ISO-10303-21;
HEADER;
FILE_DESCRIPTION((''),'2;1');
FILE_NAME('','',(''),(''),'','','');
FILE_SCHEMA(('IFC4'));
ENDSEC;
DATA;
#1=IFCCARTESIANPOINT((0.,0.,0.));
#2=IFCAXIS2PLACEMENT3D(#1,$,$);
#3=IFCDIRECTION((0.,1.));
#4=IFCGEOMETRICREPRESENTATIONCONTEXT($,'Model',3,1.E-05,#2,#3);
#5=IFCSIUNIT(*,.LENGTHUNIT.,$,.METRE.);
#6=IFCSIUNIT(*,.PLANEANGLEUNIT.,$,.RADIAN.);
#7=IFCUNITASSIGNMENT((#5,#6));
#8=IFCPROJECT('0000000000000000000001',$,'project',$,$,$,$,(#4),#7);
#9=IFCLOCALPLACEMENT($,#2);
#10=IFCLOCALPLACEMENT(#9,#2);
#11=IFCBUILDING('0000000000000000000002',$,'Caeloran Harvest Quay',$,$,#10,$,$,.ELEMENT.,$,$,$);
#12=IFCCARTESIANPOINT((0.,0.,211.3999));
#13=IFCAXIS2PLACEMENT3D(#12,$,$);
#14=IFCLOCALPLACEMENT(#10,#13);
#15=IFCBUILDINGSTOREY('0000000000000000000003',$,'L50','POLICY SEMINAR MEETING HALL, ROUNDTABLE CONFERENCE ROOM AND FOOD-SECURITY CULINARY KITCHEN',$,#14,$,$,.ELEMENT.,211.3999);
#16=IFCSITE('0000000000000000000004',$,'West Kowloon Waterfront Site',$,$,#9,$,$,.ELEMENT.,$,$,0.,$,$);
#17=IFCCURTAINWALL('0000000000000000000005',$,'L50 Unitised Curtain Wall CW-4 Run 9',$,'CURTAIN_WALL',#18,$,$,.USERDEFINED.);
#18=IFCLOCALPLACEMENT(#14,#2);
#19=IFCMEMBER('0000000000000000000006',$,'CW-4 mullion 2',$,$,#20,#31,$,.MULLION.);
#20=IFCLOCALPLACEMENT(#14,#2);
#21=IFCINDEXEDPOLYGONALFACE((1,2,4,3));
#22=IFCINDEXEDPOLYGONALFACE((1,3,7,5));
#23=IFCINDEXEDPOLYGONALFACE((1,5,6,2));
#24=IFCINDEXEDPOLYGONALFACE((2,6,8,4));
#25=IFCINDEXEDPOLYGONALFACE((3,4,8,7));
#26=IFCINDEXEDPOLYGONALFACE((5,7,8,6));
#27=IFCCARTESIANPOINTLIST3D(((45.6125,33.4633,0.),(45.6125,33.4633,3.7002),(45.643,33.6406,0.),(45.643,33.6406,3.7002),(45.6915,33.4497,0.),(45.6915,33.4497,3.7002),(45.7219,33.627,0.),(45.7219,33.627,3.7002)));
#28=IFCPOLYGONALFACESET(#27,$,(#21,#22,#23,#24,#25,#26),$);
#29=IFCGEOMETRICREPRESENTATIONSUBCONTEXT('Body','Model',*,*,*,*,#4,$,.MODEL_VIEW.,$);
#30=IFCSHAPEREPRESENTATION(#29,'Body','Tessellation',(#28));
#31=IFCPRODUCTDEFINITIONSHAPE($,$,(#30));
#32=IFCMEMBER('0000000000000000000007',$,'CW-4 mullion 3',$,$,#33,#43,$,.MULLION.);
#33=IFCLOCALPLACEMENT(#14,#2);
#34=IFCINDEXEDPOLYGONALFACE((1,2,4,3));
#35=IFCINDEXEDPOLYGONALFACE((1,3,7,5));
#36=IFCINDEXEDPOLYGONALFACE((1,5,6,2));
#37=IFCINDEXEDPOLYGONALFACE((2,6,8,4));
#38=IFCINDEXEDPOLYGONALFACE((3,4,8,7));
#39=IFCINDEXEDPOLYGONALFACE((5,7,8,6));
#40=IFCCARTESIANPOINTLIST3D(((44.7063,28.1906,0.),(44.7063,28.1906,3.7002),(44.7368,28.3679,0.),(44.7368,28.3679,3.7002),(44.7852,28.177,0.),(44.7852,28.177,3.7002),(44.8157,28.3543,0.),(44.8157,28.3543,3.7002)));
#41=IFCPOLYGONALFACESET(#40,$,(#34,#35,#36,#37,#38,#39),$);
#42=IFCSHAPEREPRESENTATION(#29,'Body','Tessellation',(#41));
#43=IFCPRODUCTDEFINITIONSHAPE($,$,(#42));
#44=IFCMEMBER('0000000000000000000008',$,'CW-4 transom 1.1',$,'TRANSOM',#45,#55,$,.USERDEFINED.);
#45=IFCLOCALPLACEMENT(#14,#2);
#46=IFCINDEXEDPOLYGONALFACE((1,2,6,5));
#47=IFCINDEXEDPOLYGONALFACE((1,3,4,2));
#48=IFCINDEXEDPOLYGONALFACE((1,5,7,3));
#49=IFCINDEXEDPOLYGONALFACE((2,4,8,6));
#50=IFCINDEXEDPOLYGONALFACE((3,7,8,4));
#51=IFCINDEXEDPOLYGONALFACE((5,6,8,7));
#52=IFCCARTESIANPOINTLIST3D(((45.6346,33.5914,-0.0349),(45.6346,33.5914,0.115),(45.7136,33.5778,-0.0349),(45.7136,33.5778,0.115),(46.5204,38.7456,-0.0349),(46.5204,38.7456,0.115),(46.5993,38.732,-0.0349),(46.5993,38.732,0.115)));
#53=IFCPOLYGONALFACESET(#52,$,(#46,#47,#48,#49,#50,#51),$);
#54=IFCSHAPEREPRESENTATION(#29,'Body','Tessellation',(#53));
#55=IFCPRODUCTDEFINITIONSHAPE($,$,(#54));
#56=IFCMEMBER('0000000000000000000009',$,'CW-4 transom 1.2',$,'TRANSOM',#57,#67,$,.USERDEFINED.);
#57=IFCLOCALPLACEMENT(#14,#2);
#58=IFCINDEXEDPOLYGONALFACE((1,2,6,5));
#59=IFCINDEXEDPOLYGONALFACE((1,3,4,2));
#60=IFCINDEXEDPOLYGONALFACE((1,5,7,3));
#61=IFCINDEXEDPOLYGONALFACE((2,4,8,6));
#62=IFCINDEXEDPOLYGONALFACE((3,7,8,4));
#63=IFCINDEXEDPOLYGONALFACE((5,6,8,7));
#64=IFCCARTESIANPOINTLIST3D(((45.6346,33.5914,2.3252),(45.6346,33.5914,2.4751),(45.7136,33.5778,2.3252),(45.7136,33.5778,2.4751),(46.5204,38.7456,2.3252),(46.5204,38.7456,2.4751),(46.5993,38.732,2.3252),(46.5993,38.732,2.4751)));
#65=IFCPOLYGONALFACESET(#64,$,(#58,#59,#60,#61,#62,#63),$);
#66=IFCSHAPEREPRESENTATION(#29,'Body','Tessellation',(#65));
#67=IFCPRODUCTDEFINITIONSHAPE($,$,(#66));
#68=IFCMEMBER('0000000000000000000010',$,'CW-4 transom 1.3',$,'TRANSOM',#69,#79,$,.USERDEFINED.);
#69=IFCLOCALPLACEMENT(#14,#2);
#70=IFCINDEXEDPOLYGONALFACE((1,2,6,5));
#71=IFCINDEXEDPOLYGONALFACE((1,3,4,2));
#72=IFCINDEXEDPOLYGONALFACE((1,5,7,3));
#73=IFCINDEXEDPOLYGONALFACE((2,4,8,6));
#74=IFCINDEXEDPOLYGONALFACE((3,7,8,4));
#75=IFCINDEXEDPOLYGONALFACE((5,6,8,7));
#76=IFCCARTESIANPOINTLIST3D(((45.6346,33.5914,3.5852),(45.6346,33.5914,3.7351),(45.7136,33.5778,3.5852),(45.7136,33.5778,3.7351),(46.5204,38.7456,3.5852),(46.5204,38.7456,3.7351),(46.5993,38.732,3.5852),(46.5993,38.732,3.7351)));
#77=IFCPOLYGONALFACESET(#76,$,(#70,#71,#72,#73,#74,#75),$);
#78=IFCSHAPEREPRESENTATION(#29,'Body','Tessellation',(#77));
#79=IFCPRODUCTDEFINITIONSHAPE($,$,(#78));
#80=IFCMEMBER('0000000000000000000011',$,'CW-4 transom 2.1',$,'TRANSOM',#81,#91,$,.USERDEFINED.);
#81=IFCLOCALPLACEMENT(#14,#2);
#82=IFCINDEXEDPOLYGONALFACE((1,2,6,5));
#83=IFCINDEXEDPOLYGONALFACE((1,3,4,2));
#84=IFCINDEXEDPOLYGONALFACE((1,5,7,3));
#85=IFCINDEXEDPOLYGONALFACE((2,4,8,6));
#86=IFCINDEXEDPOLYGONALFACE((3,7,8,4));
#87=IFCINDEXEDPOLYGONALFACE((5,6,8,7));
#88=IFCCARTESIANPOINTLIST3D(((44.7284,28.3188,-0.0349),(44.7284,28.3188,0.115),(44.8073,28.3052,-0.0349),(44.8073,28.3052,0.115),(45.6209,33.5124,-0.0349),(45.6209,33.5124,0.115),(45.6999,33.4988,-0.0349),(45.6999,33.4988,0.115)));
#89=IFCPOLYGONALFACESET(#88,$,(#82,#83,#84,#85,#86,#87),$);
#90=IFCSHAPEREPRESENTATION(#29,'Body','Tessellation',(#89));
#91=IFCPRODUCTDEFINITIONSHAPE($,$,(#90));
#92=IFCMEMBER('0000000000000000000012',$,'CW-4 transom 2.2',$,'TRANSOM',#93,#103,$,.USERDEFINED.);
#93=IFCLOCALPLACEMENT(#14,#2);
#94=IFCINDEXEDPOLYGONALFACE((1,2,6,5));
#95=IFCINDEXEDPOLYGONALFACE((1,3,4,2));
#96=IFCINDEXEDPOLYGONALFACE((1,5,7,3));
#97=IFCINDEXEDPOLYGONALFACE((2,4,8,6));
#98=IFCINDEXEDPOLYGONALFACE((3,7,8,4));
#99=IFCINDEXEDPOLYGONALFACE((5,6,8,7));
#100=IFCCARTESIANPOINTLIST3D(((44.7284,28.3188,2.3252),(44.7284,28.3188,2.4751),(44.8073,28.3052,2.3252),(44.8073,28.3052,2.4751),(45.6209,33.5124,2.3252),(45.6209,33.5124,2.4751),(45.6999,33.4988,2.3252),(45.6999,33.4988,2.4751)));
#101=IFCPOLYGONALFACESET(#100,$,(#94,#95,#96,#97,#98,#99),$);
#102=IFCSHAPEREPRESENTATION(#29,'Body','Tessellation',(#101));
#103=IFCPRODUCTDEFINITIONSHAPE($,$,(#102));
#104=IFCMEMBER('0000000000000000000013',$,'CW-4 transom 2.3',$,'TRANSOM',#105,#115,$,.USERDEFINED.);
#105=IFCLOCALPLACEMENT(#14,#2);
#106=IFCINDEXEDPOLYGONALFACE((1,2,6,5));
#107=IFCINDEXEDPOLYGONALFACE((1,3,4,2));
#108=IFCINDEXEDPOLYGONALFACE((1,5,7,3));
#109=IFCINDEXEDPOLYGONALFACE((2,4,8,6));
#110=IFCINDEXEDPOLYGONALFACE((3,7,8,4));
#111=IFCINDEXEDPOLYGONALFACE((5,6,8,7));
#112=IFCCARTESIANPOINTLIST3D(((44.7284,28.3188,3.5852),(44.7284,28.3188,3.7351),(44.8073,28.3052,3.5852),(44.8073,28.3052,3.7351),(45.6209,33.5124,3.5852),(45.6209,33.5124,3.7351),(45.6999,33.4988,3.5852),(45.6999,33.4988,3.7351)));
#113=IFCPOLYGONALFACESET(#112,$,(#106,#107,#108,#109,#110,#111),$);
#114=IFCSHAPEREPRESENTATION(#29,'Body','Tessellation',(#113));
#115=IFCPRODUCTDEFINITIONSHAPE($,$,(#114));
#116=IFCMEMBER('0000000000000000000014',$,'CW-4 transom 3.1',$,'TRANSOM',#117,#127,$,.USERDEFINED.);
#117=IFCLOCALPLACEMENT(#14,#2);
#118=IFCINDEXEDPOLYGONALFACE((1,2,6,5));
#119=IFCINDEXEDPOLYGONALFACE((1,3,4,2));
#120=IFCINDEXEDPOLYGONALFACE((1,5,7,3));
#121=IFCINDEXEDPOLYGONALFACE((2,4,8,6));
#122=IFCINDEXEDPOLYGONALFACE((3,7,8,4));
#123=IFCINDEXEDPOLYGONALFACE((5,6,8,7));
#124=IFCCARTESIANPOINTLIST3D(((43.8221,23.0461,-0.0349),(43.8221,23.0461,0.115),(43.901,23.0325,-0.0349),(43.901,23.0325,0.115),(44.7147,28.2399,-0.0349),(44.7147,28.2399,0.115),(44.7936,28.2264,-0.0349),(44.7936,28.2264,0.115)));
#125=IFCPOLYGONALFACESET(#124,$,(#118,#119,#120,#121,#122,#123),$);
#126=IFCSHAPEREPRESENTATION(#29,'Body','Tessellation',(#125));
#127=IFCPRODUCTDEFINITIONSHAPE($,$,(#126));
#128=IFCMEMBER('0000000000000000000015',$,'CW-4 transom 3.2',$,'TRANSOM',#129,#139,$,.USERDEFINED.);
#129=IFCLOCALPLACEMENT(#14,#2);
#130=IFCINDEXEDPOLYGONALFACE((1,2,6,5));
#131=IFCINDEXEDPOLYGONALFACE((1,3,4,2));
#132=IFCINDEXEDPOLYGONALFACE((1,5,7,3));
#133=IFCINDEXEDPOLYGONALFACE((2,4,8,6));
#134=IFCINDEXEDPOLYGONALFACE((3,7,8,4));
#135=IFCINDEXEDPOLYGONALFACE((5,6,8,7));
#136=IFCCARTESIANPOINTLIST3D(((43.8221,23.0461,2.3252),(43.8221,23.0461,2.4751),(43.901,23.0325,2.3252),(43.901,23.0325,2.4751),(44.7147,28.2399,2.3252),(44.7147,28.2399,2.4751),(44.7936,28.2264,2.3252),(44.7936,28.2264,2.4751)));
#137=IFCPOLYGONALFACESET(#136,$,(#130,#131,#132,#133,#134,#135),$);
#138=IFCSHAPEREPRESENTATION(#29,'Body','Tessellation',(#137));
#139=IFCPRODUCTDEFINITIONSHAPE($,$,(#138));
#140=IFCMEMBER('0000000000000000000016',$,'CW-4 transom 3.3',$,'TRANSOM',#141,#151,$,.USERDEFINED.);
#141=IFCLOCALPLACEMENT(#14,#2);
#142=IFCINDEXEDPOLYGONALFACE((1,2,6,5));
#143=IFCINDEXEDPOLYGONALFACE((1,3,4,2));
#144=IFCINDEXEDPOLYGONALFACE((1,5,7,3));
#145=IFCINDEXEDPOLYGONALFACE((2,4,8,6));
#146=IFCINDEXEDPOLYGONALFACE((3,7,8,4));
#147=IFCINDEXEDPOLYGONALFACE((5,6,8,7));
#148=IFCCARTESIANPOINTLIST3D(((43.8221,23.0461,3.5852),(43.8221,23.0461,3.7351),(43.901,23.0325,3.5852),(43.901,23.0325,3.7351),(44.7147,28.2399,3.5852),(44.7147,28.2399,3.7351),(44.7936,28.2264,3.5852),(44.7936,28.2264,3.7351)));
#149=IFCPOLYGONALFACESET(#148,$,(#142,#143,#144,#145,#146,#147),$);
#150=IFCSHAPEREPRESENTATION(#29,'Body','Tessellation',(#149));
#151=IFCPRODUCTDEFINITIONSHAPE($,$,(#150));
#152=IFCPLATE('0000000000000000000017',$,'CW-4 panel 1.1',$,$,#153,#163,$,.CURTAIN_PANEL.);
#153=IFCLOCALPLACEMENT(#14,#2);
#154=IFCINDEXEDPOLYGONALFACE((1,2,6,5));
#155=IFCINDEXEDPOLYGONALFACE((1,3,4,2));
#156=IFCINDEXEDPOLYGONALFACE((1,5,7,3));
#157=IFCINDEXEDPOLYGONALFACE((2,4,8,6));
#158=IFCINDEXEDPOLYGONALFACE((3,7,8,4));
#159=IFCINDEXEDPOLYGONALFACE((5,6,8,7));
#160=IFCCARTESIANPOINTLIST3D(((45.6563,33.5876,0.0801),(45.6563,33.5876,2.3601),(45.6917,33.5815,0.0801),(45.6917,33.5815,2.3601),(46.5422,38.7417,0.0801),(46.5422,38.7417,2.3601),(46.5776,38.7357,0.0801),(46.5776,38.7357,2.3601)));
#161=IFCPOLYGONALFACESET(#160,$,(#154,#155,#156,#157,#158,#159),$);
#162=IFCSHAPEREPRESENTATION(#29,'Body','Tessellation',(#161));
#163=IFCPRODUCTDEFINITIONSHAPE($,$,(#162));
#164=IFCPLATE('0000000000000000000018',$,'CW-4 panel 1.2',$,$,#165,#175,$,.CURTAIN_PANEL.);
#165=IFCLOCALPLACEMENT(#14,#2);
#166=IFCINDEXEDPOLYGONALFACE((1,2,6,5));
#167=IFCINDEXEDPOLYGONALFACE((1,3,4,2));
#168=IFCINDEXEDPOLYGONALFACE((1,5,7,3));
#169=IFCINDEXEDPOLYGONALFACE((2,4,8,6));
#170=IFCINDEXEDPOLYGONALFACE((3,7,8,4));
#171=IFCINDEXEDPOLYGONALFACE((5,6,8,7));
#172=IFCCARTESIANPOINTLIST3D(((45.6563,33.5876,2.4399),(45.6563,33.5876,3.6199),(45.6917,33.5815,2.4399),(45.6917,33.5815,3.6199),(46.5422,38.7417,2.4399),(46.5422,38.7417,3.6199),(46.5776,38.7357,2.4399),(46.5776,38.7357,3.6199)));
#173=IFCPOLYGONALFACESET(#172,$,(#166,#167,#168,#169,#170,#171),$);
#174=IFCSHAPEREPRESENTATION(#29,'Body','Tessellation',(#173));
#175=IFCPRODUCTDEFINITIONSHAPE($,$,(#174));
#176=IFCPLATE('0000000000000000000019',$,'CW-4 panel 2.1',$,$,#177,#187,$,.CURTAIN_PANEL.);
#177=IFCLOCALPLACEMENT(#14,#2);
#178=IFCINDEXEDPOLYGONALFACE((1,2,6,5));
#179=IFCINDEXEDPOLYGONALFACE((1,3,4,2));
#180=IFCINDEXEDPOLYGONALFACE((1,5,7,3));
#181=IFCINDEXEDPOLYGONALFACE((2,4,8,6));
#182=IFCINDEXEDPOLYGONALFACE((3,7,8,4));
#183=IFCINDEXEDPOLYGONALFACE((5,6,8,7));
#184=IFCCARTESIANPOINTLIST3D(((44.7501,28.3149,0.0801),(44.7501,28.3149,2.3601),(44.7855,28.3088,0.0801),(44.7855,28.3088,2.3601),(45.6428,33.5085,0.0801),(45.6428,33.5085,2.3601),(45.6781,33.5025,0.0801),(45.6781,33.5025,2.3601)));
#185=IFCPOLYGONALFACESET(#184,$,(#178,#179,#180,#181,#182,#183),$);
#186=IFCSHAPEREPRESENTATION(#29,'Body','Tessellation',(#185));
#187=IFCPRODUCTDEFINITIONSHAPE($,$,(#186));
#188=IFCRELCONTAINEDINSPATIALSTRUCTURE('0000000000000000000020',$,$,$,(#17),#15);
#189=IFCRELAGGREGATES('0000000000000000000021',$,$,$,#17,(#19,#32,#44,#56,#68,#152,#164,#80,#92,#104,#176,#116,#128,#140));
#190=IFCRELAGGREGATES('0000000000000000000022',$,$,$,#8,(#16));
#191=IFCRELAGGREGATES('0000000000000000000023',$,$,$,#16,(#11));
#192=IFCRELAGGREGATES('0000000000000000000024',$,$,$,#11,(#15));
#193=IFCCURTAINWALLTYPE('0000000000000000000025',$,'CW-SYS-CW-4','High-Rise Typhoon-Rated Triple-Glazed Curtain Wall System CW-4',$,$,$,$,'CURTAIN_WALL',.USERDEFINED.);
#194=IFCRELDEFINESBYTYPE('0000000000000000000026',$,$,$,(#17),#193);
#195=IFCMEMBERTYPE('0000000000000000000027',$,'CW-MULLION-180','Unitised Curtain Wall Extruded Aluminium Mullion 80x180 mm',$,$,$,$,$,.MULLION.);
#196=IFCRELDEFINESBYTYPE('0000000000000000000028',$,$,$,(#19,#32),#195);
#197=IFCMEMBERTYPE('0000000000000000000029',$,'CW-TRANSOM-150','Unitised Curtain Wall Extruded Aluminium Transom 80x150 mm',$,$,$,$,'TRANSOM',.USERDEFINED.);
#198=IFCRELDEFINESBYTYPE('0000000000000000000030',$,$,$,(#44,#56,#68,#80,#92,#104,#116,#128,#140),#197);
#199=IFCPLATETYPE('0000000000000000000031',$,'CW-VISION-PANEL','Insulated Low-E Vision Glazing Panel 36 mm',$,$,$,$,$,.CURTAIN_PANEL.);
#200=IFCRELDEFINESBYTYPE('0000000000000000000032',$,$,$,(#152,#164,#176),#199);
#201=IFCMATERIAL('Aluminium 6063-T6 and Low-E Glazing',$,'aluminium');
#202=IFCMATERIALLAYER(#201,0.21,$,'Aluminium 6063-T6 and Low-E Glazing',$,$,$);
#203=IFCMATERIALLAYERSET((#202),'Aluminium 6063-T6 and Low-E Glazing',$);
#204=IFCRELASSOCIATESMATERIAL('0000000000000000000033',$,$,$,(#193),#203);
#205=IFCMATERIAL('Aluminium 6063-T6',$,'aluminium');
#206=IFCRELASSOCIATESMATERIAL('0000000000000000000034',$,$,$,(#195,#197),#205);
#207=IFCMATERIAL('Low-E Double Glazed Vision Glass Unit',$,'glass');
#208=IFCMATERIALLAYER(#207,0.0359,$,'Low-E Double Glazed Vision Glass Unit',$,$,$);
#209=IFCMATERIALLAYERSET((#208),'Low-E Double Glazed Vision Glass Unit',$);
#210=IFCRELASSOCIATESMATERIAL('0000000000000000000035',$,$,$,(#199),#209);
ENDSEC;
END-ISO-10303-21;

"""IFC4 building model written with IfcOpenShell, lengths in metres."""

from ifc_helpers import new_model, si_unit, direction, frame, origin, origin_2d, place, context, subcontext, project, spatial, rectangle, extrude, material, layer, layer_set, material_profile, profile_set, type_object, element, aggregate, save


model = new_model("IFC4")

# Units and contexts
model_context = context("Model", 3, precision=1e-05, world=origin(), true_north=direction((0.0, 1.0)))
body_context = subcontext(model_context, "Body", "Model", "MODEL_VIEW")
ifc_project = project(units=[si_unit("LENGTHUNIT", "METRE"), si_unit("PLANEANGLEUNIT", "RADIAN")], contexts=[model_context])

# Site, building, storey
site_placement = place(None, origin())
site = spatial("IfcSite", under=ifc_project, at=site_placement, Name="West Kowloon Waterfront Site", CompositionType="ELEMENT", RefElevation=0.0)
building_placement = place(site_placement, origin())
building = spatial("IfcBuilding", under=site, at=building_placement, Name="Caeloran Harvest Quay", CompositionType="ELEMENT")
storey_placement = place(building_placement, frame((0.0, 0.0, 211.3999)))
storey = spatial("IfcBuildingStorey", under=building, at=storey_placement, Name="L50", Description="POLICY SEMINAR MEETING HALL, ROUNDTABLE CONFERENCE ROOM AND FOOD-SECURITY CULINARY KITCHEN", CompositionType="ELEMENT", Elevation=211.3999)

# Curtain wall, members, plates
ifc_material_1 = material(Name="Aluminium 6063-T6 and Low-E Glazing", Category="aluminium")
ifc_layer_1 = layer(ifc_material_1, 0.21, Name="Aluminium 6063-T6 and Low-E Glazing")
ifc_layer_set_1 = layer_set([ifc_layer_1], Name="Aluminium 6063-T6 and Low-E Glazing")
curtain_wall_type = type_object("IfcCurtainWallType", Name="CW-SYS-CW-4", Description="High-Rise Typhoon-Rated Triple-Glazed Curtain Wall System CW-4", ElementType="CURTAIN_WALL", PredefinedType="USERDEFINED", material=ifc_layer_set_1)
curtain_wall_placement = place(storey_placement, origin())
curtain_wall = element("IfcCurtainWall", 1, at=curtain_wall_placement, inside=storey, type_object=curtain_wall_type, Name="L50 Unitised Curtain Wall CW-4 Run 9", ObjectType="CURTAIN_WALL", PredefinedType="USERDEFINED")
ifc_material_2 = material(Name="Aluminium 6063-T6", Category="aluminium")
ifc_material_profile_1 = material_profile(ifc_material_2, rectangle(XDim=0.0801, YDim=0.1799, at=origin_2d()), Name="CW-MULLION-180")
ifc_profile_set_1 = profile_set([ifc_material_profile_1], Name="Aluminium 6063-T6")
member_type_1 = type_object("IfcMemberType", Name="CW-MULLION-180", Description="Unitised Curtain Wall Extruded Aluminium Mullion 80x180 mm", PredefinedType="MULLION", material=ifc_profile_set_1)
member_1_placement = place(storey_placement, frame((45.6672, 33.5452, 0.0), z_axis=(0.0, 0.0, 1.0), x_axis=(0.985549, -0.169391, 0.0)))
member_1 = element("IfcMember", 2, at=member_1_placement, type_object=member_type_1, Name="CW-4 mullion 2", PredefinedType="MULLION", context=body_context, shape_type="SweptSolid", body=[
    extrude(rectangle(XDim=0.0801, YDim=0.1799, at=origin_2d()), origin(), (0.0, 0.0, 1.0), 3.7002),
])
member_2_placement = place(storey_placement, frame((44.761, 28.2725, 0.0), z_axis=(0.0, 0.0, 1.0), x_axis=(0.985549, -0.169391, 0.0)))
member_2 = element("IfcMember", 3, at=member_2_placement, type_object=member_type_1, Name="CW-4 mullion 3", PredefinedType="MULLION", context=body_context, shape_type="SweptSolid", body=[
    extrude(rectangle(XDim=0.0801, YDim=0.1799, at=origin_2d()), origin(), (0.0, 0.0, 1.0), 3.7002),
])
ifc_material_profile_2 = material_profile(ifc_material_2, rectangle(XDim=0.0801, YDim=0.1499, at=origin_2d()), Name="CW-TRANSOM-150")
ifc_profile_set_2 = profile_set([ifc_material_profile_2], Name="Aluminium 6063-T6")
member_type_2 = type_object("IfcMemberType", Name="CW-TRANSOM-150", Description="Unitised Curtain Wall Extruded Aluminium Transom 80x150 mm", ElementType="TRANSOM", PredefinedType="USERDEFINED", material=ifc_profile_set_2)
member_3_placement = place(storey_placement, frame((46.5598, 38.7388, 0.04), z_axis=(-0.169363, -0.985554, 0.0), x_axis=(0.985554, -0.169363, 0.0)))
member_3 = element("IfcMember", 4, at=member_3_placement, type_object=member_type_2, Name="CW-4 transom 1.1", ObjectType="TRANSOM", PredefinedType="USERDEFINED", context=body_context, shape_type="SweptSolid", body=[
    extrude(rectangle(XDim=0.0801, YDim=0.1499, at=origin_2d()), origin(), (0.0, 0.0, 1.0), 5.2297),
])
member_4_placement = place(storey_placement, frame((46.5598, 38.7388, 2.4001), z_axis=(-0.169363, -0.985554, 0.0), x_axis=(0.985554, -0.169363, 0.0)))
member_4 = element("IfcMember", 5, at=member_4_placement, type_object=member_type_2, Name="CW-4 transom 1.2", ObjectType="TRANSOM", PredefinedType="USERDEFINED", context=body_context, shape_type="SweptSolid", body=[
    extrude(rectangle(XDim=0.0801, YDim=0.1499, at=origin_2d()), origin(), (0.0, 0.0, 1.0), 5.2297),
])
member_5_placement = place(storey_placement, frame((46.5598, 38.7388, 3.6602), z_axis=(-0.169363, -0.985554, 0.0), x_axis=(0.985554, -0.169363, 0.0)))
member_5 = element("IfcMember", 6, at=member_5_placement, type_object=member_type_2, Name="CW-4 transom 1.3", ObjectType="TRANSOM", PredefinedType="USERDEFINED", context=body_context, shape_type="SweptSolid", body=[
    extrude(rectangle(XDim=0.0801, YDim=0.1499, at=origin_2d()), origin(), (0.0, 0.0, 1.0), 5.2297),
])
member_6_placement = place(storey_placement, frame((45.6604, 33.5056, 0.04), z_axis=(-0.169378, -0.985551, 0.0), x_axis=(0.985551, -0.169378, 0.0)))
member_6 = element("IfcMember", 7, at=member_6_placement, type_object=member_type_2, Name="CW-4 transom 2.1", ObjectType="TRANSOM", PredefinedType="USERDEFINED", context=body_context, shape_type="SweptSolid", body=[
    extrude(rectangle(XDim=0.0801, YDim=0.1499, at=origin_2d()), origin(), (0.0, 0.0, 1.0), 5.2698),
])
member_7_placement = place(storey_placement, frame((45.6604, 33.5056, 2.4001), z_axis=(-0.169378, -0.985551, 0.0), x_axis=(0.985551, -0.169378, 0.0)))
member_7 = element("IfcMember", 8, at=member_7_placement, type_object=member_type_2, Name="CW-4 transom 2.2", ObjectType="TRANSOM", PredefinedType="USERDEFINED", context=body_context, shape_type="SweptSolid", body=[
    extrude(rectangle(XDim=0.0801, YDim=0.1499, at=origin_2d()), origin(), (0.0, 0.0, 1.0), 5.2698),
])
member_8_placement = place(storey_placement, frame((45.6604, 33.5056, 3.6602), z_axis=(-0.169378, -0.985551, 0.0), x_axis=(0.985551, -0.169378, 0.0)))
member_8 = element("IfcMember", 9, at=member_8_placement, type_object=member_type_2, Name="CW-4 transom 2.3", ObjectType="TRANSOM", PredefinedType="USERDEFINED", context=body_context, shape_type="SweptSolid", body=[
    extrude(rectangle(XDim=0.0801, YDim=0.1499, at=origin_2d()), origin(), (0.0, 0.0, 1.0), 5.2698),
])
member_9_placement = place(storey_placement, frame((44.7542, 28.2332, 0.04), z_axis=(-0.16937, -0.985553, 0.0), x_axis=(0.985553, -0.16937, 0.0)))
member_9 = element("IfcMember", 10, at=member_9_placement, type_object=member_type_2, Name="CW-4 transom 3.1", ObjectType="TRANSOM", PredefinedType="USERDEFINED", context=body_context, shape_type="SweptSolid", body=[
    extrude(rectangle(XDim=0.0801, YDim=0.1499, at=origin_2d()), origin(), (0.0, 0.0, 1.0), 5.27),
])
member_10_placement = place(storey_placement, frame((44.7542, 28.2332, 2.4001), z_axis=(-0.16937, -0.985553, 0.0), x_axis=(0.985553, -0.16937, 0.0)))
member_10 = element("IfcMember", 11, at=member_10_placement, type_object=member_type_2, Name="CW-4 transom 3.2", ObjectType="TRANSOM", PredefinedType="USERDEFINED", context=body_context, shape_type="SweptSolid", body=[
    extrude(rectangle(XDim=0.0801, YDim=0.1499, at=origin_2d()), origin(), (0.0, 0.0, 1.0), 5.27),
])
member_11_placement = place(storey_placement, frame((44.7542, 28.2332, 3.6602), z_axis=(-0.16937, -0.985553, 0.0), x_axis=(0.985553, -0.16937, 0.0)))
member_11 = element("IfcMember", 12, at=member_11_placement, type_object=member_type_2, Name="CW-4 transom 3.3", ObjectType="TRANSOM", PredefinedType="USERDEFINED", context=body_context, shape_type="SweptSolid", body=[
    extrude(rectangle(XDim=0.0801, YDim=0.1499, at=origin_2d()), origin(), (0.0, 0.0, 1.0), 5.27),
])
ifc_material_3 = material(Name="Low-E Double Glazed Vision Glass Unit", Category="glass")
ifc_layer_2 = layer(ifc_material_3, 0.0359, Name="Low-E Double Glazed Vision Glass Unit")
ifc_layer_set_2 = layer_set([ifc_layer_2], Name="Low-E Double Glazed Vision Glass Unit")
plate_type = type_object("IfcPlateType", Name="CW-VISION-PANEL", Description="Insulated Low-E Vision Glazing Panel 36 mm", PredefinedType="CURTAIN_PANEL", material=ifc_layer_set_2)
plate_1_placement = place(storey_placement, frame((46.1169, 36.1616, 0.0801), z_axis=(0.0, 0.0, 1.0), x_axis=(-0.169391, -0.985549, 0.0)))
plate_1 = element("IfcPlate", 13, at=plate_1_placement, type_object=plate_type, Name="CW-4 panel 1.1", PredefinedType="CURTAIN_PANEL", context=body_context, shape_type="SweptSolid", body=[
    extrude(rectangle(XDim=5.2297, YDim=0.0359, at=origin_2d()), origin(), (0.0, 0.0, 1.0), 2.28),
])
plate_2_placement = place(storey_placement, frame((46.1169, 36.1616, 2.4399), z_axis=(0.0, 0.0, 1.0), x_axis=(-0.169391, -0.985549, 0.0)))
plate_2 = element("IfcPlate", 14, at=plate_2_placement, type_object=plate_type, Name="CW-4 panel 1.2", PredefinedType="CURTAIN_PANEL", context=body_context, shape_type="SweptSolid", body=[
    extrude(rectangle(XDim=5.2297, YDim=0.0359, at=origin_2d()), origin(), (0.0, 0.0, 1.0), 1.1799),
])
plate_3_placement = place(storey_placement, frame((45.2141, 30.9087, 0.0801), z_axis=(0.0, 0.0, 1.0), x_axis=(-0.169391, -0.985549, 0.0)))
plate_3 = element("IfcPlate", 15, at=plate_3_placement, type_object=plate_type, Name="CW-4 panel 2.1", PredefinedType="CURTAIN_PANEL", context=body_context, shape_type="SweptSolid", body=[
    extrude(rectangle(XDim=5.2698, YDim=0.0359, at=origin_2d()), origin(), (0.0, 0.0, 1.0), 2.28),
])
aggregate(curtain_wall, [member_1, member_2, member_3, member_4, member_5, plate_1, plate_2, member_6, member_7, member_8, plate_3, member_9, member_10, member_11])

save(model, "model.ifc")
